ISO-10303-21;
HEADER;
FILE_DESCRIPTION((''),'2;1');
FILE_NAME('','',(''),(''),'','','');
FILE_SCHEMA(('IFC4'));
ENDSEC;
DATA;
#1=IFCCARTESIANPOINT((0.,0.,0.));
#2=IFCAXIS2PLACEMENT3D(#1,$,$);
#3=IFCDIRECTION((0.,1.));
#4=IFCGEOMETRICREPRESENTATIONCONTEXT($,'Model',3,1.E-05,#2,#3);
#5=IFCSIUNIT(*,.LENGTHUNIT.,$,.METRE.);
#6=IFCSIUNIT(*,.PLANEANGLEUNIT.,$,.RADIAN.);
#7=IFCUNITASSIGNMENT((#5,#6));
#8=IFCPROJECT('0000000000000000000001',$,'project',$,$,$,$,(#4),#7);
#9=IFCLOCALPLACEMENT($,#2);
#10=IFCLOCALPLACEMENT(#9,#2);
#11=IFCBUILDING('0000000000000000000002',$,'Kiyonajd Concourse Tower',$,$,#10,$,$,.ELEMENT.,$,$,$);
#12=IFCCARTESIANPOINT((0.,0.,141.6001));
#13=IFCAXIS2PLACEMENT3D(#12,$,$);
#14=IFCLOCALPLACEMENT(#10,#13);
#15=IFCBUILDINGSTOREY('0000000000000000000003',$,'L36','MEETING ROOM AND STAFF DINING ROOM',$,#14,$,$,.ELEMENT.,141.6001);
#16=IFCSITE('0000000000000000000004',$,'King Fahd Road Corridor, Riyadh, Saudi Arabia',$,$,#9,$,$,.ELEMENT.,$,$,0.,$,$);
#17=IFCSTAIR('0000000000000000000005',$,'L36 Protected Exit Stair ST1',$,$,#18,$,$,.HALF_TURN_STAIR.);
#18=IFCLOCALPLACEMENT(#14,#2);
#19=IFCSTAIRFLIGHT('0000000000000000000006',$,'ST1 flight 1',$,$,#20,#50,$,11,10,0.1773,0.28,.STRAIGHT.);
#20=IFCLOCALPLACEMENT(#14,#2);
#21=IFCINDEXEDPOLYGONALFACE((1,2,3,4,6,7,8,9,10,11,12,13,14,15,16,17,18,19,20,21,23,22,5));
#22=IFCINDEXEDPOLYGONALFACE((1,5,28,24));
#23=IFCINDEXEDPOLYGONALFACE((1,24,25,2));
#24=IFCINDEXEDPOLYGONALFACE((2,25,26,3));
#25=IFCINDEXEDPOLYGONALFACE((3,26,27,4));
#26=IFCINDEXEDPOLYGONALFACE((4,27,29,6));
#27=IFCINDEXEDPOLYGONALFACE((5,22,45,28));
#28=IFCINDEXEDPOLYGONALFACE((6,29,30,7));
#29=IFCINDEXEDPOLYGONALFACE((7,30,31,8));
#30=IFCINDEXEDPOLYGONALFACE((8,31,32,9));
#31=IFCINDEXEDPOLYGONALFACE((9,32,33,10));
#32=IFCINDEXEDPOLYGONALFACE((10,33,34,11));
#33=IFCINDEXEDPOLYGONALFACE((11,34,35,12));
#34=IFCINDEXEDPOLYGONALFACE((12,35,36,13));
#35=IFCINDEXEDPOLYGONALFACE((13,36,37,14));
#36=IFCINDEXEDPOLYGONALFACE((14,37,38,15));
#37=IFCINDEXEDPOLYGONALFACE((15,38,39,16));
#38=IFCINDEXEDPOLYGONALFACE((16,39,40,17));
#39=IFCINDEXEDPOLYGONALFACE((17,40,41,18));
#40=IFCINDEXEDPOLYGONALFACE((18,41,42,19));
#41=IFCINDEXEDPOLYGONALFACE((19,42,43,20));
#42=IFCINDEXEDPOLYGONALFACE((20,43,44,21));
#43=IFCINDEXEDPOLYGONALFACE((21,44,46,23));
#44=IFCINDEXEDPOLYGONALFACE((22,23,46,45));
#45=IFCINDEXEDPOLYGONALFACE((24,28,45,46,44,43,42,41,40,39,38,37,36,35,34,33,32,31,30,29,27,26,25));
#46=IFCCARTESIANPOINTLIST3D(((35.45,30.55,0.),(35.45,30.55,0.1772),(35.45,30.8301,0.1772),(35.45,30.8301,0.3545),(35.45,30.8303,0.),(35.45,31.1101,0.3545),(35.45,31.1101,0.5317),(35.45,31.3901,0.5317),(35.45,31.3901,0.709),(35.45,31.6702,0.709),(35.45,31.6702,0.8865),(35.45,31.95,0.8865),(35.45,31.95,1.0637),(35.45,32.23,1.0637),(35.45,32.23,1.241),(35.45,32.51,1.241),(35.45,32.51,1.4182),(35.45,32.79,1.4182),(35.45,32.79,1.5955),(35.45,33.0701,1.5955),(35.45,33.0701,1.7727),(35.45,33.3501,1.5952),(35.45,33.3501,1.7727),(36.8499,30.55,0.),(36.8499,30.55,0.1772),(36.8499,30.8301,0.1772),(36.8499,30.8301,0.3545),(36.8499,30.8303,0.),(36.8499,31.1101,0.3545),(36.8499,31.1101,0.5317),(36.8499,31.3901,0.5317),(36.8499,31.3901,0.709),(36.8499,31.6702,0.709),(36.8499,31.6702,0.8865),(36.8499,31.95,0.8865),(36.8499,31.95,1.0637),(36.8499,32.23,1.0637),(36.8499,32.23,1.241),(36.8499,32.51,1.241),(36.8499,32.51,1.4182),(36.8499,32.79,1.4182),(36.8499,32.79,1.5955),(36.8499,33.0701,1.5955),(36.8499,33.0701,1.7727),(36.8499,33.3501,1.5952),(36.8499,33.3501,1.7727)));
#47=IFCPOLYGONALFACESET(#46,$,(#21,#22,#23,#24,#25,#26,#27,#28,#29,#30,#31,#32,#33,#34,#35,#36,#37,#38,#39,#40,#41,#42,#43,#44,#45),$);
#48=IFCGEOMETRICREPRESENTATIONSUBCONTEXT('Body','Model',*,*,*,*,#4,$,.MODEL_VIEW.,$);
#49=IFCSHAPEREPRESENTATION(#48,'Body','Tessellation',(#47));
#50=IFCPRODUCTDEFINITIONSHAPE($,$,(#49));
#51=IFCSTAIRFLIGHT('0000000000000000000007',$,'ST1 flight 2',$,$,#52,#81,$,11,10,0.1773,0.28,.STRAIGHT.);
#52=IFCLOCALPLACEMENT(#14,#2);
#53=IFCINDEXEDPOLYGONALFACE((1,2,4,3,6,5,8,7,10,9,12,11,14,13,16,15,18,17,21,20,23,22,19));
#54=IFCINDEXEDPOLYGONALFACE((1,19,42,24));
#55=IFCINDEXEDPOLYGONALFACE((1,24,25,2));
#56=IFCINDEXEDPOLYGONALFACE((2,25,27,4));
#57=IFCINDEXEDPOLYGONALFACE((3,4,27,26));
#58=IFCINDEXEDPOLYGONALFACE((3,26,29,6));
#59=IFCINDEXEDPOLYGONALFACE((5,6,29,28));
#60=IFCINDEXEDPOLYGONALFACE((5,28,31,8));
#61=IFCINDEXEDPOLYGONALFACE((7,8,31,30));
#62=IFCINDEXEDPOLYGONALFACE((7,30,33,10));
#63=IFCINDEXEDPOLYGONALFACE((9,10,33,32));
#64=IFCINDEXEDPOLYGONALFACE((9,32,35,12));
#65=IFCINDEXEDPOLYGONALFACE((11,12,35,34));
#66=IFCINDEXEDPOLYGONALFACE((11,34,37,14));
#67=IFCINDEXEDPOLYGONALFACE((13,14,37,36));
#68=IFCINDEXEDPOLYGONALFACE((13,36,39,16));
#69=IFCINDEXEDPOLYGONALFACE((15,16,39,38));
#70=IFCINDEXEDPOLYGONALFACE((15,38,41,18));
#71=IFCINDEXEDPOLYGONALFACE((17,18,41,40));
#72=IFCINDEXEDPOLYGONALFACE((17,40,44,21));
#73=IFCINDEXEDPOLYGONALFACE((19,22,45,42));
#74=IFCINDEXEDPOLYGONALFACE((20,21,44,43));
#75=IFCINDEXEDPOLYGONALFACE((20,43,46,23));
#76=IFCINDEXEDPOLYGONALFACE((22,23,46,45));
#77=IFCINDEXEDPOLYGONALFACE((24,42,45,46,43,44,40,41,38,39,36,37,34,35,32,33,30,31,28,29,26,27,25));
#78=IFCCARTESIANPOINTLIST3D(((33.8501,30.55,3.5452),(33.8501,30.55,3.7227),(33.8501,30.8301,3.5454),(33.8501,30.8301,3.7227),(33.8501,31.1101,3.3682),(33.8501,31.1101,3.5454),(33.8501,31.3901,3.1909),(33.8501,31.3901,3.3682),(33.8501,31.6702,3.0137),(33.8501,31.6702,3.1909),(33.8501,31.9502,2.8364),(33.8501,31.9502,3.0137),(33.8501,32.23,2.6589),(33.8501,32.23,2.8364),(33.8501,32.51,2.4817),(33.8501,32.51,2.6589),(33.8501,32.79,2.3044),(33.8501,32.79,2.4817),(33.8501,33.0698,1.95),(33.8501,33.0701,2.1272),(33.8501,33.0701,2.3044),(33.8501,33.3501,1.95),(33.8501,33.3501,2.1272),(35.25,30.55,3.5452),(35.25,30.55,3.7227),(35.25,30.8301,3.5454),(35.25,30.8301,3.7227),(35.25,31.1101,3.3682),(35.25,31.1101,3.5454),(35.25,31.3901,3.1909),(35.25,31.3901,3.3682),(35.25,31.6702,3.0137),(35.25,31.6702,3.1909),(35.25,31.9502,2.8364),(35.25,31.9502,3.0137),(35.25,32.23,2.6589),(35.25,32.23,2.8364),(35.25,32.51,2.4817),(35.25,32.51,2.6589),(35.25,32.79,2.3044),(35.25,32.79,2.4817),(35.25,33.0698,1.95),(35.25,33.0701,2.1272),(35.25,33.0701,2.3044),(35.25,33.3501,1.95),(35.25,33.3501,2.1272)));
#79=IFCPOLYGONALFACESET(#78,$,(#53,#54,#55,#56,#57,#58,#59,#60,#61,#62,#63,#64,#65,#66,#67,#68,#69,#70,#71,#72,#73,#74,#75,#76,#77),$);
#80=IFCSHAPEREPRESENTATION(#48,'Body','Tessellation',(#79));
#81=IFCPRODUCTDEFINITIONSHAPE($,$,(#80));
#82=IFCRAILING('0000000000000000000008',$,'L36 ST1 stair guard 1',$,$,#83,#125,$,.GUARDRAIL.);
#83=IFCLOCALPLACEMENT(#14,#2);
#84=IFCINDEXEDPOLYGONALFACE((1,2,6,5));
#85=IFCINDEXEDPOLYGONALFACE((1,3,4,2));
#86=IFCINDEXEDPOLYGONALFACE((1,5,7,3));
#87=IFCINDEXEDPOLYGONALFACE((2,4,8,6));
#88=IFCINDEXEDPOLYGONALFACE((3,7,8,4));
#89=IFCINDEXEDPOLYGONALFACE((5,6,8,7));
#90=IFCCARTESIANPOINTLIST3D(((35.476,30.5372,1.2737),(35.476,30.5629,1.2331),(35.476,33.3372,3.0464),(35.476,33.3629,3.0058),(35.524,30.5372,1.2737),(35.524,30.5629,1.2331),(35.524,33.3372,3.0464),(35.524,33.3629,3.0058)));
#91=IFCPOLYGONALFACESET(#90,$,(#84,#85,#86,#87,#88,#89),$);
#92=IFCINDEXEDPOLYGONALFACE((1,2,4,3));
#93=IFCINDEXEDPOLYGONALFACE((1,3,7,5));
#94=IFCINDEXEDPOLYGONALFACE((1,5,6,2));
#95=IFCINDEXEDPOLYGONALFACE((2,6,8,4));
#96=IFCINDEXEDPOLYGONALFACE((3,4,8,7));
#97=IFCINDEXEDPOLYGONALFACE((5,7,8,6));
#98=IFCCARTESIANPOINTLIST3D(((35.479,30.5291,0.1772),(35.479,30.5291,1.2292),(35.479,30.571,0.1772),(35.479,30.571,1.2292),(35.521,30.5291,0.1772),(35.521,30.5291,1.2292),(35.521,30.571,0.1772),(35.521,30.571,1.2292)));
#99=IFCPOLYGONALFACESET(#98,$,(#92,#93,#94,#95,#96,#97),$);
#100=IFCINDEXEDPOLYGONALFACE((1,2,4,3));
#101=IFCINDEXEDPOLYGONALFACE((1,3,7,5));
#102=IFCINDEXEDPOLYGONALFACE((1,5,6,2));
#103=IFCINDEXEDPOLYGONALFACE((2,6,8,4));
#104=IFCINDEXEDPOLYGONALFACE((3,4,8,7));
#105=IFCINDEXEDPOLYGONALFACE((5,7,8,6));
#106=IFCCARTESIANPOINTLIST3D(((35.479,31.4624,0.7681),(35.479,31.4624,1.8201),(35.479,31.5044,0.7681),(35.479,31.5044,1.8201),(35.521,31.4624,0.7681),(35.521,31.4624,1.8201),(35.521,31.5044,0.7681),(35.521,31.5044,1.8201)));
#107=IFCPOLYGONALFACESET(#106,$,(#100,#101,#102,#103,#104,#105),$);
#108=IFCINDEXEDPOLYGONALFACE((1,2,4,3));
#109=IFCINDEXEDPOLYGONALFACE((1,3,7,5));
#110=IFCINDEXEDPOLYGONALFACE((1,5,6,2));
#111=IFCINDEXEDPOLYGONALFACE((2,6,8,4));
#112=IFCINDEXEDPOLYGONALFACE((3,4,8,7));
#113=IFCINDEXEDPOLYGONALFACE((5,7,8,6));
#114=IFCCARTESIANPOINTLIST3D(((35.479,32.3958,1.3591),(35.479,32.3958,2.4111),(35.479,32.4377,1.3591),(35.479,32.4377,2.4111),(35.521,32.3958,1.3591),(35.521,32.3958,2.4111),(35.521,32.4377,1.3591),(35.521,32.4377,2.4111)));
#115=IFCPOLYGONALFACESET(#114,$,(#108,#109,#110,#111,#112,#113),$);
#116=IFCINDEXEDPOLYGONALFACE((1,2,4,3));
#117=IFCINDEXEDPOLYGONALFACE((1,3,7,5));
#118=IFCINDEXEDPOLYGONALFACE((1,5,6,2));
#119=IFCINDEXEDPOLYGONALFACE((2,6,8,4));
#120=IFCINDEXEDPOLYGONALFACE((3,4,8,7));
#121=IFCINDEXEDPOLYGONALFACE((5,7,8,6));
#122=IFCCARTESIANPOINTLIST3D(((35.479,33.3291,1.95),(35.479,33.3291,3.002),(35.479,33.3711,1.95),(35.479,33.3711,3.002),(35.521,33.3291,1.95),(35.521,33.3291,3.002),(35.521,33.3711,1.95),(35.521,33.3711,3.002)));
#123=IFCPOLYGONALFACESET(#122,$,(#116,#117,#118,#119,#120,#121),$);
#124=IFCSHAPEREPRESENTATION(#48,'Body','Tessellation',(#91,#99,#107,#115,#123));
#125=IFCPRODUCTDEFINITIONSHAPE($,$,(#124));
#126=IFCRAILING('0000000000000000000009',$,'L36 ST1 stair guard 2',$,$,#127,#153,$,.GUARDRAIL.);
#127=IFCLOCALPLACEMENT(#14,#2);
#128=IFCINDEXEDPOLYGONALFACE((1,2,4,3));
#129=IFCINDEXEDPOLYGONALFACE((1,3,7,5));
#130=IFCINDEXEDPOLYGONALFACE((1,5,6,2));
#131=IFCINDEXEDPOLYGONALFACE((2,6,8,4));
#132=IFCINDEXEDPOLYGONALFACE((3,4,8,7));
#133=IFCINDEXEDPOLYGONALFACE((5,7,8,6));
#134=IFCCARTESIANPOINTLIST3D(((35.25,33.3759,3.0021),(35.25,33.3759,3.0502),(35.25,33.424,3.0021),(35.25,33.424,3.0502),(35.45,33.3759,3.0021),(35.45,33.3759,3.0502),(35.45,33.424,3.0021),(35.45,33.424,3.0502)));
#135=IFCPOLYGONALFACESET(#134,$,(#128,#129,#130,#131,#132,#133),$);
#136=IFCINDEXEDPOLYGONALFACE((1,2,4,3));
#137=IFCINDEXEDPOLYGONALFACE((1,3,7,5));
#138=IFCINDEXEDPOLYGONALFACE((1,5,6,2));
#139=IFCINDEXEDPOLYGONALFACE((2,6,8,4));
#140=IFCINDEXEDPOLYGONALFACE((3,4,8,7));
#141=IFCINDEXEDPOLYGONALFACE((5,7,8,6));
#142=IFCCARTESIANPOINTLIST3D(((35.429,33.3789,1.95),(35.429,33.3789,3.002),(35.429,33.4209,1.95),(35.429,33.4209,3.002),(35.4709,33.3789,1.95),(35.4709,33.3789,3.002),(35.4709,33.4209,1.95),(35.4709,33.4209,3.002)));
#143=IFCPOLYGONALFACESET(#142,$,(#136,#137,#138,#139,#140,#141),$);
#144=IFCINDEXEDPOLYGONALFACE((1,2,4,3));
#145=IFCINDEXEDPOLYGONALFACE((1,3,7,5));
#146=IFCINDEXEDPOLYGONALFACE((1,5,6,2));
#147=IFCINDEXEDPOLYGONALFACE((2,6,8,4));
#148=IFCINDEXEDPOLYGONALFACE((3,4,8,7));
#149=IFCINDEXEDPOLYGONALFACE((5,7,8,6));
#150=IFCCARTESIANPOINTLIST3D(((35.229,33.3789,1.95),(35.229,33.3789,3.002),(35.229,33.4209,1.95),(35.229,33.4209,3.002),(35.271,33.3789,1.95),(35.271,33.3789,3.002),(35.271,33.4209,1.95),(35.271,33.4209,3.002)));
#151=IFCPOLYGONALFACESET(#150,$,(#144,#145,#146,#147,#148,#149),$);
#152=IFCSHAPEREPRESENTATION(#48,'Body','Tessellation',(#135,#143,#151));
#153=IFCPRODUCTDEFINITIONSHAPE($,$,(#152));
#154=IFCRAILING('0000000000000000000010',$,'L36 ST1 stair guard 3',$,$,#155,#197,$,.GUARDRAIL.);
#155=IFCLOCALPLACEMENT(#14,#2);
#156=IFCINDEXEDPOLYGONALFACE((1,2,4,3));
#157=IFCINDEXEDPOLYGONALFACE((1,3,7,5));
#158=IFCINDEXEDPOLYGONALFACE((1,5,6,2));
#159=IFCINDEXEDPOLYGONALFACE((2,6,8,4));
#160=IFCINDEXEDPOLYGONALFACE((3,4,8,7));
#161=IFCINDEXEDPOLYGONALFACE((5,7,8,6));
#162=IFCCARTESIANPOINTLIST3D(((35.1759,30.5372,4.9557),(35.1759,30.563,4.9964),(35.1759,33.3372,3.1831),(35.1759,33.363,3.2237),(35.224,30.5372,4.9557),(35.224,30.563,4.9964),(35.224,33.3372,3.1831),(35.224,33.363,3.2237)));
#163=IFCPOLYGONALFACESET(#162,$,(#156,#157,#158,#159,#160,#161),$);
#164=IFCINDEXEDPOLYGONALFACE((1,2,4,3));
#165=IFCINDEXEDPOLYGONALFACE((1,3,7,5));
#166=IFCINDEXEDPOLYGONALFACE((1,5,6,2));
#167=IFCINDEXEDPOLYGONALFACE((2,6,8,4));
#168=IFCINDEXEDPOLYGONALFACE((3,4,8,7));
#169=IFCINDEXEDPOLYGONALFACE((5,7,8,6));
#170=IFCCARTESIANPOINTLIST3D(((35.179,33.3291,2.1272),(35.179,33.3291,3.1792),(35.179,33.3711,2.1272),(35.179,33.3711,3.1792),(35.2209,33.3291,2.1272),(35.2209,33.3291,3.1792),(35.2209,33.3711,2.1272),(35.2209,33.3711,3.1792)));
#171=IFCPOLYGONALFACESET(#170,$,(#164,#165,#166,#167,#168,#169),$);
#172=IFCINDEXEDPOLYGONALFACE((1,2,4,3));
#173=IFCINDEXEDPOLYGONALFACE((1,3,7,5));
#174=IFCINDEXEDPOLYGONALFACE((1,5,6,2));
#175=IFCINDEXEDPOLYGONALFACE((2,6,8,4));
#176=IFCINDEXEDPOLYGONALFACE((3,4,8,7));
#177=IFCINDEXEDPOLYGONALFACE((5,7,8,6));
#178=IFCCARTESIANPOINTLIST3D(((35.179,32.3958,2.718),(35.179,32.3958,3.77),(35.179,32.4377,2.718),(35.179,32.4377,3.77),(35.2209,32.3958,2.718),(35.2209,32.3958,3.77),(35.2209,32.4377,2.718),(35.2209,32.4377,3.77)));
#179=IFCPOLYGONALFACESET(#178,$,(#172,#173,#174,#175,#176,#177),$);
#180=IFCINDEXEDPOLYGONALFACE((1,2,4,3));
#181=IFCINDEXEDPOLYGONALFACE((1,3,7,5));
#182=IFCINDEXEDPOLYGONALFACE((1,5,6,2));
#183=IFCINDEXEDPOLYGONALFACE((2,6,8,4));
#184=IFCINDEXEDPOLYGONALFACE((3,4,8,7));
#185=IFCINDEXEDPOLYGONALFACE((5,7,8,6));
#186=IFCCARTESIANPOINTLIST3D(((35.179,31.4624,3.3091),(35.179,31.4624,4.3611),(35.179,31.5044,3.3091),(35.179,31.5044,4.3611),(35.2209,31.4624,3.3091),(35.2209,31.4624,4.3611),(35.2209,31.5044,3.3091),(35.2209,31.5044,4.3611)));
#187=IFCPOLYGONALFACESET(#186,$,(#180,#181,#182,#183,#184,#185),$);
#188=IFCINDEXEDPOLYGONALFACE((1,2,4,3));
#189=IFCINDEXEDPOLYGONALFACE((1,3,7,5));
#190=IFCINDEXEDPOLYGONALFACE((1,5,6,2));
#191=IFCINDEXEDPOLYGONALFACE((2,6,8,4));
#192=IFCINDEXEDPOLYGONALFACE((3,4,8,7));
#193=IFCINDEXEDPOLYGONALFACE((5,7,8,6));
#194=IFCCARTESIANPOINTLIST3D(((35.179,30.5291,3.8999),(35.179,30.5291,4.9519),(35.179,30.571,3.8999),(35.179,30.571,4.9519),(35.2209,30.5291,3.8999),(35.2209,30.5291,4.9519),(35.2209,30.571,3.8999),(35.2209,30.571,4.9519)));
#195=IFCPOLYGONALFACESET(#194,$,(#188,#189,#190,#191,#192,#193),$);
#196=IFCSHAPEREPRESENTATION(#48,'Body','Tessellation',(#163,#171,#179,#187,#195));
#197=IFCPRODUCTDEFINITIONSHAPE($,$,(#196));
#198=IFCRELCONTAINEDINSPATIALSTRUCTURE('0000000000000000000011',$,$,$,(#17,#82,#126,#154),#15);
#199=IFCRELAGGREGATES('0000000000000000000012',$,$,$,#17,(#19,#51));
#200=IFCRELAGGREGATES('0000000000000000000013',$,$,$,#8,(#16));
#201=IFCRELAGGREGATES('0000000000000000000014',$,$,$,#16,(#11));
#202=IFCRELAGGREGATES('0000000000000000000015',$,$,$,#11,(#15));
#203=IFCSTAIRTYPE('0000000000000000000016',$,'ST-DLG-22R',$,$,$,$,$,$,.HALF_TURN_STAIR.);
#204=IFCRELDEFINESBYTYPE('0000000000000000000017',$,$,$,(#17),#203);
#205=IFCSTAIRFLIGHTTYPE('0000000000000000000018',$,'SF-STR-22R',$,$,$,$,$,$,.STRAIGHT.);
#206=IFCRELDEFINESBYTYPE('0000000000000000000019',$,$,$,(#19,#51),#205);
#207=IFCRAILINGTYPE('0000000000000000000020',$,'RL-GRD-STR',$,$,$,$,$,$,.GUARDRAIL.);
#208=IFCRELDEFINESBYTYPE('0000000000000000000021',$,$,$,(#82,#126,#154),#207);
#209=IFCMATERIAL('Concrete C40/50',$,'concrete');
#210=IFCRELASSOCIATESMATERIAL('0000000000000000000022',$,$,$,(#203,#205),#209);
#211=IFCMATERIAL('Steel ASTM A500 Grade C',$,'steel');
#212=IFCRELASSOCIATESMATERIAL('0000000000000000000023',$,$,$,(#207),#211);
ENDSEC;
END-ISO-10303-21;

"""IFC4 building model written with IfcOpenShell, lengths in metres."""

from ifc_helpers import new_model, si_unit, direction, frame, origin, origin_2d, place, context, subcontext, project, spatial, polyline, rectangle, outline, extrude, material, type_object, element, aggregate, save


model = new_model("IFC4")

# Units and contexts
model_context = context("Model", 3, precision=1e-05, world=origin(), true_north=direction((0.0, 1.0)))
body_context = subcontext(model_context, "Body", "Model", "MODEL_VIEW")
ifc_project = project(units=[si_unit("LENGTHUNIT", "METRE"), si_unit("PLANEANGLEUNIT", "RADIAN")], contexts=[model_context])

# Site, building, storey
site_placement = place(None, origin())
site = spatial("IfcSite", under=ifc_project, at=site_placement, Name="King Fahd Road Corridor, Riyadh, Saudi Arabia", CompositionType="ELEMENT", RefElevation=0.0)
building_placement = place(site_placement, origin())
building = spatial("IfcBuilding", under=site, at=building_placement, Name="Kiyonajd Concourse Tower", CompositionType="ELEMENT")
storey_placement = place(building_placement, frame((0.0, 0.0, 141.6001)))
storey = spatial("IfcBuildingStorey", under=building, at=storey_placement, Name="L36", Description="MEETING ROOM AND STAFF DINING ROOM", CompositionType="ELEMENT", Elevation=141.6001)

# Stair, stair flights
ifc_material_1 = material(Name="Concrete C40/50", Category="concrete")
stair_type = type_object("IfcStairType", Name="ST-DLG-22R", PredefinedType="HALF_TURN_STAIR", material=ifc_material_1)
stair_placement = place(storey_placement, origin())
stair = element("IfcStair", 1, at=stair_placement, inside=storey, type_object=stair_type, Name="L36 Protected Exit Stair ST1", PredefinedType="HALF_TURN_STAIR")
stair_flight_type = type_object("IfcStairFlightType", Name="SF-STR-22R", PredefinedType="STRAIGHT", material=ifc_material_1)
stair_flight_1_placement = place(storey_placement, frame((36.1499, 30.55, 0.0), z_axis=(0.0, 0.0, 1.0), x_axis=(0.0, 1.0, 0.0)))
stair_flight_1 = element("IfcStairFlight", 2, at=stair_flight_1_placement, type_object=stair_flight_type, Name="ST1 flight 1", NumberOfRisers=11, NumberOfTreads=10, PredefinedType="STRAIGHT", RiserHeight=0.1773, TreadLength=0.28, context=body_context, shape_type="SweptSolid", body=[
    extrude(outline(polyline([(0.0, 0.0), (0.0, 0.1772), (0.28, 0.1772), (0.28, 0.3545), (0.5601, 0.3545), (0.5601, 0.5317), (0.8401, 0.5317), (0.8401, 0.709), (1.1201, 0.709), (1.1201, 0.8865), (1.3999, 0.8865), (1.3999, 1.0637), (1.6799, 1.0637), (1.6799, 1.241), (1.96, 1.241), (1.96, 1.4182), (2.24, 1.4182), (2.24, 1.5955), (2.52, 1.5955), (2.52, 1.7727), (2.8, 1.7727), (2.8, 1.95), (2.8, 1.5952), (0.2803, 0.0), (0.0, 0.0)])), frame((0.0, 0.7, 0.0), z_axis=(0.0, -1.0, 0.0), x_axis=(1.0, 0.0, 0.0)), (0.0, 0.0, 1.0), 1.3999),
])
stair_flight_2_placement = place(storey_placement, frame((34.55, 33.3501, 1.95), z_axis=(0.0, 0.0, 1.0), x_axis=(0.0, -1.0, 0.0)))
stair_flight_2 = element("IfcStairFlight", 3, at=stair_flight_2_placement, type_object=stair_flight_type, Name="ST1 flight 2", NumberOfRisers=11, NumberOfTreads=10, PredefinedType="STRAIGHT", RiserHeight=0.1773, TreadLength=0.28, context=body_context, shape_type="SweptSolid", body=[
    extrude(outline(polyline([(0.0, 0.0), (0.0, 0.1772), (0.28, 0.1772), (0.28, 0.3545), (0.5601, 0.3545), (0.5601, 0.5317), (0.8401, 0.5317), (0.8401, 0.709), (1.1201, 0.709), (1.1201, 0.8865), (1.3999, 0.8865), (1.3999, 1.0637), (1.6799, 1.0637), (1.6799, 1.241), (1.96, 1.241), (1.96, 1.4182), (2.24, 1.4182), (2.24, 1.5955), (2.52, 1.5955), (2.52, 1.7727), (2.8, 1.7727), (2.8, 1.95), (2.8, 1.5952), (0.2803, 0.0), (0.0, 0.0)])), frame((0.0, 0.7, 0.0), z_axis=(0.0, -1.0, 0.0), x_axis=(1.0, 0.0, 0.0)), (0.0, 0.0, 1.0), 1.3999),
])
aggregate(stair, [stair_flight_1, stair_flight_2])

# Railings
ifc_material_2 = material(Name="Steel ASTM A500 Grade C", Category="steel")
railing_type_1 = type_object("IfcRailingType", Name="RL-GRD-STR", PredefinedType="GUARDRAIL", material=ifc_material_2)
railing_1_placement = place(storey_placement, frame((35.5, 30.55, 0.1772)))
element("IfcRailing", 4, at=railing_1_placement, inside=storey, type_object=railing_type_1, Name="L36 ST1 stair guard 1", PredefinedType="GUARDRAIL", context=body_context, shape_type="SweptSolid", body=[
    extrude(rectangle(XDim=0.0481, YDim=0.0481, at=origin_2d()), frame((0.0, 0.0, 1.0762), z_axis=(0.0, 0.844909, 0.53491), x_axis=(-1.0, 0.0, 0.0)), (0.0, 0.0, 1.0), 3.314),
    extrude(rectangle(XDim=0.042, YDim=0.042, at=origin_2d()), origin(), (0.0, 0.0, 1.0), 1.052),
    extrude(rectangle(XDim=0.042, YDim=0.042, at=origin_2d()), frame((0.0, 0.9333, 0.5908)), (0.0, 0.0, 1.0), 1.052),
    extrude(rectangle(XDim=0.042, YDim=0.042, at=origin_2d()), frame((0.0, 1.8667, 1.1819)), (0.0, 0.0, 1.0), 1.052),
    extrude(rectangle(XDim=0.042, YDim=0.042, at=origin_2d()), frame((0.0, 2.8, 1.7727)), (0.0, 0.0, 1.0), 1.052),
])
railing_2_placement = place(storey_placement, frame((35.45, 33.3999, 1.95)))
element("IfcRailing", 5, at=railing_2_placement, inside=storey, type_object=railing_type_1, Name="L36 ST1 stair guard 2", PredefinedType="GUARDRAIL", context=body_context, shape_type="SweptSolid", body=[
    extrude(rectangle(XDim=0.0481, YDim=0.0481, at=origin_2d()), frame((0.0, 0.0, 1.0762), z_axis=(-1.0, 0.0, 0.0), x_axis=(0.0, -1.0, 0.0)), (0.0, 0.0, 1.0), 0.2),
    extrude(rectangle(XDim=0.042, YDim=0.042, at=origin_2d()), origin(), (0.0, 0.0, 1.0), 1.052),
    extrude(rectangle(XDim=0.042, YDim=0.042, at=origin_2d()), frame((-0.2, 0.0, 0.0)), (0.0, 0.0, 1.0), 1.052),
])
railing_3_placement = place(storey_placement, frame((35.2, 33.3501, 2.1272)))
element("IfcRailing", 6, at=railing_3_placement, inside=storey, type_object=railing_type_1, Name="L36 ST1 stair guard 3", PredefinedType="GUARDRAIL", context=body_context, shape_type="SweptSolid", body=[
    extrude(rectangle(XDim=0.0481, YDim=0.0481, at=origin_2d()), frame((0.0, 0.0, 1.0762), z_axis=(0.0, -0.844909, 0.53491), x_axis=(1.0, 0.0, 0.0)), (0.0, 0.0, 1.0), 3.314),
    extrude(rectangle(XDim=0.042, YDim=0.042, at=origin_2d()), origin(), (0.0, 0.0, 1.0), 1.052),
    extrude(rectangle(XDim=0.042, YDim=0.042, at=origin_2d()), frame((0.0, -0.9333, 0.5908)), (0.0, 0.0, 1.0), 1.052),
    extrude(rectangle(XDim=0.042, YDim=0.042, at=origin_2d()), frame((0.0, -1.8667, 1.1819)), (0.0, 0.0, 1.0), 1.052),
    extrude(rectangle(XDim=0.042, YDim=0.042, at=origin_2d()), frame((0.0, -2.8, 1.7727)), (0.0, 0.0, 1.0), 1.052),
])

save(model, "model.ifc")
